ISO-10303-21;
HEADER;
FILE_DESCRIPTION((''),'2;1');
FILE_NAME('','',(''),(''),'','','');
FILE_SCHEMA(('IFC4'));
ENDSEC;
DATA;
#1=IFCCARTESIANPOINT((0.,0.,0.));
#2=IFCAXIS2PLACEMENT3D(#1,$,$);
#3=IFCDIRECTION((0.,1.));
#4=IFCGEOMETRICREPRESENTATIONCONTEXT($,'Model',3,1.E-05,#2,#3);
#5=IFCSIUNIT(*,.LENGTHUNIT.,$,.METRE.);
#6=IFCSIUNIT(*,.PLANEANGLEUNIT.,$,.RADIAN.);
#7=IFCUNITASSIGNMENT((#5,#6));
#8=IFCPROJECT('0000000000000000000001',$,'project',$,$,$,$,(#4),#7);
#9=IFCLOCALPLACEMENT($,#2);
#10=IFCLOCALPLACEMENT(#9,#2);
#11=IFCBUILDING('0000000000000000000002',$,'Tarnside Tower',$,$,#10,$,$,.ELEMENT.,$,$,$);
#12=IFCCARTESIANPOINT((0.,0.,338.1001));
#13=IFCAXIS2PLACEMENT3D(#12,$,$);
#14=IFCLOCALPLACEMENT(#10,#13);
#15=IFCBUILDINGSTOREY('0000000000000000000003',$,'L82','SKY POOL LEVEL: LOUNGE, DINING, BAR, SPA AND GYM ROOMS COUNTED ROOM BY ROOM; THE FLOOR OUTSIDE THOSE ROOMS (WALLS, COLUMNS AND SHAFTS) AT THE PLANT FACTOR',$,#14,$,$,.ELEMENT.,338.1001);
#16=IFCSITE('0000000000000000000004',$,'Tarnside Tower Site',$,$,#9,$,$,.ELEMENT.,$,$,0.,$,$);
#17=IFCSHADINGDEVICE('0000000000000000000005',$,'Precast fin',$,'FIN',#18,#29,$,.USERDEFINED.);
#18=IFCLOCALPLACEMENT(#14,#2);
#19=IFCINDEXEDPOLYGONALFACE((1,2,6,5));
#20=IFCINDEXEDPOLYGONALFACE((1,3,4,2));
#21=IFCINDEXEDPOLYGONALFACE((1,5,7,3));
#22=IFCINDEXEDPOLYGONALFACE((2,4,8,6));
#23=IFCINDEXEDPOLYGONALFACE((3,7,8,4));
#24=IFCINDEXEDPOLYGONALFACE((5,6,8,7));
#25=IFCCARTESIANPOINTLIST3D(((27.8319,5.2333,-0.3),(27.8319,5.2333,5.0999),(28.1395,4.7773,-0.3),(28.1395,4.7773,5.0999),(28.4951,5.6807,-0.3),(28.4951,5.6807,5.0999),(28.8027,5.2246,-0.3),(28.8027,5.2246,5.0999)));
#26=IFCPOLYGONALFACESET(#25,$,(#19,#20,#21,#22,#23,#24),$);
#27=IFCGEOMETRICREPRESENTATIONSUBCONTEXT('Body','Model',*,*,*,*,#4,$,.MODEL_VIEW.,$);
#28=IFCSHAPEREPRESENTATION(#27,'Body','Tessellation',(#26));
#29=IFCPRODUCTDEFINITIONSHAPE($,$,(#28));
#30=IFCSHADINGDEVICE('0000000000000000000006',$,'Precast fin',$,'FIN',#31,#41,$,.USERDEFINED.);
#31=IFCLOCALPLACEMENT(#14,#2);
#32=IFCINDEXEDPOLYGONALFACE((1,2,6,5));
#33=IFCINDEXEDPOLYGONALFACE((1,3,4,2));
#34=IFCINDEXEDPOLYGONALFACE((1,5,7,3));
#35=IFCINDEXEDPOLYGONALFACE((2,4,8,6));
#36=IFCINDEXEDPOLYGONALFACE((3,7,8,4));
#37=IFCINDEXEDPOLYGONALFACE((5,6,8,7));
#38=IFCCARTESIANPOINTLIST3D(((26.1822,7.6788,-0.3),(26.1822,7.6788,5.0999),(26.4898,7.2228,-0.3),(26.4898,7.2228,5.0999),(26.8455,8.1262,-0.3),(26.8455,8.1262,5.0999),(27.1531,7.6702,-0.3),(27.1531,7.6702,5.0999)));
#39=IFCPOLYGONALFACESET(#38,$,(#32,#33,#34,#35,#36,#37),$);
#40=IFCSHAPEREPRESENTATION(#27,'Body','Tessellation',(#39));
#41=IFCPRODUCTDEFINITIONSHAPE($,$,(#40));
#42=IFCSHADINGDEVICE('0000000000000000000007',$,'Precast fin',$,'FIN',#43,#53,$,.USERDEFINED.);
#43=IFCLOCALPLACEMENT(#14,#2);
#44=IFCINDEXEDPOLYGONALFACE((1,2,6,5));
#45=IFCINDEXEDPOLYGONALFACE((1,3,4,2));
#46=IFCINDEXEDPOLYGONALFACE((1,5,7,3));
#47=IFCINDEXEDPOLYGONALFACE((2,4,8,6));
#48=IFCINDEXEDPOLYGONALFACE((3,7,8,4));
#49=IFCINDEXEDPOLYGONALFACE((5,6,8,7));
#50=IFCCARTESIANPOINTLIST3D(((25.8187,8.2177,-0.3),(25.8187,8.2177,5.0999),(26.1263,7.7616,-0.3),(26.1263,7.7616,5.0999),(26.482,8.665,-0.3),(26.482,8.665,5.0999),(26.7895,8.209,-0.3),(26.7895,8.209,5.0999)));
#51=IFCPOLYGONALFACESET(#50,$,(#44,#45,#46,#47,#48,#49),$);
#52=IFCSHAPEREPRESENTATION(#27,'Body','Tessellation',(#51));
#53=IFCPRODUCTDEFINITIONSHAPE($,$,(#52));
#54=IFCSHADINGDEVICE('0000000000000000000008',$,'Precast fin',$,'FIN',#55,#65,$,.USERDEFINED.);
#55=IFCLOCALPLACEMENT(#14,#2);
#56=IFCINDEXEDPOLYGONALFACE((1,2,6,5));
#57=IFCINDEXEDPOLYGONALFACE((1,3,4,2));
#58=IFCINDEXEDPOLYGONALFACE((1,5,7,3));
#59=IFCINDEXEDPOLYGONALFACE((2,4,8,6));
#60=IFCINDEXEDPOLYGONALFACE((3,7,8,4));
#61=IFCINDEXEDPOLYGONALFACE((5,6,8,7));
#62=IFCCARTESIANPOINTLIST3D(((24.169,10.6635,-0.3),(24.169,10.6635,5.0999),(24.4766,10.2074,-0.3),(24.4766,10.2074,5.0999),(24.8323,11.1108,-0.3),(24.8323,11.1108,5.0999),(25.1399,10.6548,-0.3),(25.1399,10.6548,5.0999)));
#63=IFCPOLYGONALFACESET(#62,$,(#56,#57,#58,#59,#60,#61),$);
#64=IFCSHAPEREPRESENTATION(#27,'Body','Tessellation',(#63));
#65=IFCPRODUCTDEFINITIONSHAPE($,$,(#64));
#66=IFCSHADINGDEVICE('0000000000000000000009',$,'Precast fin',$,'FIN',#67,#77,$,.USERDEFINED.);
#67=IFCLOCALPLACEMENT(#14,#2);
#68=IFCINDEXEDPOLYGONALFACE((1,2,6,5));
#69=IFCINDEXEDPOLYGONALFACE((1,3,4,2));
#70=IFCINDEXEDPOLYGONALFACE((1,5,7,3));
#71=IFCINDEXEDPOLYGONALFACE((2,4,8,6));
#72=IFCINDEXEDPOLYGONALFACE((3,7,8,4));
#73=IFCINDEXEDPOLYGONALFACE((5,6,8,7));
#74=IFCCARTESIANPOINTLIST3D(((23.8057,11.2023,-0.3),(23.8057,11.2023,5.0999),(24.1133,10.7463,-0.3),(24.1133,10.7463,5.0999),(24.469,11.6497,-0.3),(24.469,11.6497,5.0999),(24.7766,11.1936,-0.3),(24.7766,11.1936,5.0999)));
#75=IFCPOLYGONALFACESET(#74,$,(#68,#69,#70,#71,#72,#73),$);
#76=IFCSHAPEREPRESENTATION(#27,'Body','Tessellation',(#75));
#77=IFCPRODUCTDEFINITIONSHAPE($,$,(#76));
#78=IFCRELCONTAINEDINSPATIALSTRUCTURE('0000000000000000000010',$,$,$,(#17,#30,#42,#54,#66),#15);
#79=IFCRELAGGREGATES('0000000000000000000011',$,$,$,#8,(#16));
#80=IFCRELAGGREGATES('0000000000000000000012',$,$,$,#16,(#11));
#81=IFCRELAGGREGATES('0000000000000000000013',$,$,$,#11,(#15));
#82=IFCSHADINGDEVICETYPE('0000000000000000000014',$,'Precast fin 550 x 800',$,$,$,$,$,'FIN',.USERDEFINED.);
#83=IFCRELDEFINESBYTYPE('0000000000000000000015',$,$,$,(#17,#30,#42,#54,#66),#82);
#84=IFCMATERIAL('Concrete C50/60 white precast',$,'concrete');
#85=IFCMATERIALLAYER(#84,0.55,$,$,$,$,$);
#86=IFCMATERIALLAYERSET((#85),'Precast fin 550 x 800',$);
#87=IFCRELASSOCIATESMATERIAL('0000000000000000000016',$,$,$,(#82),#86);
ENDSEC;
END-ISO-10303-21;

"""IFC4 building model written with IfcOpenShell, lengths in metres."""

from ifc_helpers import new_model, si_unit, direction, frame, origin, place, context, subcontext, project, spatial, polyline, outline, extrude, material, layer, layer_set, type_object, element, save


model = new_model("IFC4")

# Units and contexts
model_context = context("Model", 3, precision=1e-05, world=origin(), true_north=direction((0.0, 1.0)))
body_context = subcontext(model_context, "Body", "Model", "MODEL_VIEW")
ifc_project = project(units=[si_unit("LENGTHUNIT", "METRE"), si_unit("PLANEANGLEUNIT", "RADIAN")], contexts=[model_context])

# Site, building, storey
site_placement = place(None, origin())
site = spatial("IfcSite", under=ifc_project, at=site_placement, Name="Tarnside Tower Site", CompositionType="ELEMENT", RefElevation=0.0)
building_placement = place(site_placement, origin())
building = spatial("IfcBuilding", under=site, at=building_placement, Name="Tarnside Tower", CompositionType="ELEMENT")
storey_placement = place(building_placement, frame((0.0, 0.0, 338.1001)))
storey = spatial("IfcBuildingStorey", under=building, at=storey_placement, Name="L82", Description="SKY POOL LEVEL: LOUNGE, DINING, BAR, SPA AND GYM ROOMS COUNTED ROOM BY ROOM; THE FLOOR OUTSIDE THOSE ROOMS (WALLS, COLUMNS AND SHAFTS) AT THE PLANT FACTOR", CompositionType="ELEMENT", Elevation=338.1001)

# Shading devices
ifc_material_1 = material(Name="Concrete C50/60 white precast", Category="concrete")
ifc_layer_1 = layer(ifc_material_1, 0.55)
ifc_layer_set_1 = layer_set([ifc_layer_1], Name="Precast fin 550 x 800")
shading_device_type_1 = type_object("IfcShadingDeviceType", Name="Precast fin 550 x 800", ElementType="FIN", PredefinedType="USERDEFINED", material=ifc_layer_set_1)
for number, where, z_axis, x_axis, name in (
    (1, (27.9856, 5.0054, -0.3), (0.559193, -0.829038, 0.0), (0.829038, 0.559193, 0.0), "Precast fin"),
    (2, (26.3359, 7.4509, -0.3), (0.559193, -0.829038, 0.0), (0.829038, 0.559193, 0.0), "Precast fin"),
    (3, (25.9724, 7.9897, -0.3), (0.559193, -0.829038, 0.0), (0.829038, 0.559193, 0.0), "Precast fin"),
    (4, (24.3228, 10.4355, -0.3), (0.559193, -0.829038, 0.0), (0.829038, 0.559193, 0.0), "Precast fin"),
    (5, (23.9595, 10.9744, -0.3), (0.559193, -0.829038, 0.0), (0.829038, 0.559193, 0.0), "Precast fin"),
):
    element("IfcShadingDevice", number, at=place(storey_placement, frame(where, z_axis=z_axis, x_axis=x_axis)), inside=storey, type_object=shading_device_type_1, Name=name, ObjectType="FIN", PredefinedType="USERDEFINED", context=body_context, shape_type="SweptSolid", body=[
        extrude(outline(polyline([(0.0, 0.0), (0.8, 0.0), (0.8, 5.3999), (0.0, 5.3999), (0.0, 0.0)])), frame((0.0, 0.0, -0.2749)), (0.0, 0.0, 1.0), 0.55),
    ])

save(model, "model.ifc")
